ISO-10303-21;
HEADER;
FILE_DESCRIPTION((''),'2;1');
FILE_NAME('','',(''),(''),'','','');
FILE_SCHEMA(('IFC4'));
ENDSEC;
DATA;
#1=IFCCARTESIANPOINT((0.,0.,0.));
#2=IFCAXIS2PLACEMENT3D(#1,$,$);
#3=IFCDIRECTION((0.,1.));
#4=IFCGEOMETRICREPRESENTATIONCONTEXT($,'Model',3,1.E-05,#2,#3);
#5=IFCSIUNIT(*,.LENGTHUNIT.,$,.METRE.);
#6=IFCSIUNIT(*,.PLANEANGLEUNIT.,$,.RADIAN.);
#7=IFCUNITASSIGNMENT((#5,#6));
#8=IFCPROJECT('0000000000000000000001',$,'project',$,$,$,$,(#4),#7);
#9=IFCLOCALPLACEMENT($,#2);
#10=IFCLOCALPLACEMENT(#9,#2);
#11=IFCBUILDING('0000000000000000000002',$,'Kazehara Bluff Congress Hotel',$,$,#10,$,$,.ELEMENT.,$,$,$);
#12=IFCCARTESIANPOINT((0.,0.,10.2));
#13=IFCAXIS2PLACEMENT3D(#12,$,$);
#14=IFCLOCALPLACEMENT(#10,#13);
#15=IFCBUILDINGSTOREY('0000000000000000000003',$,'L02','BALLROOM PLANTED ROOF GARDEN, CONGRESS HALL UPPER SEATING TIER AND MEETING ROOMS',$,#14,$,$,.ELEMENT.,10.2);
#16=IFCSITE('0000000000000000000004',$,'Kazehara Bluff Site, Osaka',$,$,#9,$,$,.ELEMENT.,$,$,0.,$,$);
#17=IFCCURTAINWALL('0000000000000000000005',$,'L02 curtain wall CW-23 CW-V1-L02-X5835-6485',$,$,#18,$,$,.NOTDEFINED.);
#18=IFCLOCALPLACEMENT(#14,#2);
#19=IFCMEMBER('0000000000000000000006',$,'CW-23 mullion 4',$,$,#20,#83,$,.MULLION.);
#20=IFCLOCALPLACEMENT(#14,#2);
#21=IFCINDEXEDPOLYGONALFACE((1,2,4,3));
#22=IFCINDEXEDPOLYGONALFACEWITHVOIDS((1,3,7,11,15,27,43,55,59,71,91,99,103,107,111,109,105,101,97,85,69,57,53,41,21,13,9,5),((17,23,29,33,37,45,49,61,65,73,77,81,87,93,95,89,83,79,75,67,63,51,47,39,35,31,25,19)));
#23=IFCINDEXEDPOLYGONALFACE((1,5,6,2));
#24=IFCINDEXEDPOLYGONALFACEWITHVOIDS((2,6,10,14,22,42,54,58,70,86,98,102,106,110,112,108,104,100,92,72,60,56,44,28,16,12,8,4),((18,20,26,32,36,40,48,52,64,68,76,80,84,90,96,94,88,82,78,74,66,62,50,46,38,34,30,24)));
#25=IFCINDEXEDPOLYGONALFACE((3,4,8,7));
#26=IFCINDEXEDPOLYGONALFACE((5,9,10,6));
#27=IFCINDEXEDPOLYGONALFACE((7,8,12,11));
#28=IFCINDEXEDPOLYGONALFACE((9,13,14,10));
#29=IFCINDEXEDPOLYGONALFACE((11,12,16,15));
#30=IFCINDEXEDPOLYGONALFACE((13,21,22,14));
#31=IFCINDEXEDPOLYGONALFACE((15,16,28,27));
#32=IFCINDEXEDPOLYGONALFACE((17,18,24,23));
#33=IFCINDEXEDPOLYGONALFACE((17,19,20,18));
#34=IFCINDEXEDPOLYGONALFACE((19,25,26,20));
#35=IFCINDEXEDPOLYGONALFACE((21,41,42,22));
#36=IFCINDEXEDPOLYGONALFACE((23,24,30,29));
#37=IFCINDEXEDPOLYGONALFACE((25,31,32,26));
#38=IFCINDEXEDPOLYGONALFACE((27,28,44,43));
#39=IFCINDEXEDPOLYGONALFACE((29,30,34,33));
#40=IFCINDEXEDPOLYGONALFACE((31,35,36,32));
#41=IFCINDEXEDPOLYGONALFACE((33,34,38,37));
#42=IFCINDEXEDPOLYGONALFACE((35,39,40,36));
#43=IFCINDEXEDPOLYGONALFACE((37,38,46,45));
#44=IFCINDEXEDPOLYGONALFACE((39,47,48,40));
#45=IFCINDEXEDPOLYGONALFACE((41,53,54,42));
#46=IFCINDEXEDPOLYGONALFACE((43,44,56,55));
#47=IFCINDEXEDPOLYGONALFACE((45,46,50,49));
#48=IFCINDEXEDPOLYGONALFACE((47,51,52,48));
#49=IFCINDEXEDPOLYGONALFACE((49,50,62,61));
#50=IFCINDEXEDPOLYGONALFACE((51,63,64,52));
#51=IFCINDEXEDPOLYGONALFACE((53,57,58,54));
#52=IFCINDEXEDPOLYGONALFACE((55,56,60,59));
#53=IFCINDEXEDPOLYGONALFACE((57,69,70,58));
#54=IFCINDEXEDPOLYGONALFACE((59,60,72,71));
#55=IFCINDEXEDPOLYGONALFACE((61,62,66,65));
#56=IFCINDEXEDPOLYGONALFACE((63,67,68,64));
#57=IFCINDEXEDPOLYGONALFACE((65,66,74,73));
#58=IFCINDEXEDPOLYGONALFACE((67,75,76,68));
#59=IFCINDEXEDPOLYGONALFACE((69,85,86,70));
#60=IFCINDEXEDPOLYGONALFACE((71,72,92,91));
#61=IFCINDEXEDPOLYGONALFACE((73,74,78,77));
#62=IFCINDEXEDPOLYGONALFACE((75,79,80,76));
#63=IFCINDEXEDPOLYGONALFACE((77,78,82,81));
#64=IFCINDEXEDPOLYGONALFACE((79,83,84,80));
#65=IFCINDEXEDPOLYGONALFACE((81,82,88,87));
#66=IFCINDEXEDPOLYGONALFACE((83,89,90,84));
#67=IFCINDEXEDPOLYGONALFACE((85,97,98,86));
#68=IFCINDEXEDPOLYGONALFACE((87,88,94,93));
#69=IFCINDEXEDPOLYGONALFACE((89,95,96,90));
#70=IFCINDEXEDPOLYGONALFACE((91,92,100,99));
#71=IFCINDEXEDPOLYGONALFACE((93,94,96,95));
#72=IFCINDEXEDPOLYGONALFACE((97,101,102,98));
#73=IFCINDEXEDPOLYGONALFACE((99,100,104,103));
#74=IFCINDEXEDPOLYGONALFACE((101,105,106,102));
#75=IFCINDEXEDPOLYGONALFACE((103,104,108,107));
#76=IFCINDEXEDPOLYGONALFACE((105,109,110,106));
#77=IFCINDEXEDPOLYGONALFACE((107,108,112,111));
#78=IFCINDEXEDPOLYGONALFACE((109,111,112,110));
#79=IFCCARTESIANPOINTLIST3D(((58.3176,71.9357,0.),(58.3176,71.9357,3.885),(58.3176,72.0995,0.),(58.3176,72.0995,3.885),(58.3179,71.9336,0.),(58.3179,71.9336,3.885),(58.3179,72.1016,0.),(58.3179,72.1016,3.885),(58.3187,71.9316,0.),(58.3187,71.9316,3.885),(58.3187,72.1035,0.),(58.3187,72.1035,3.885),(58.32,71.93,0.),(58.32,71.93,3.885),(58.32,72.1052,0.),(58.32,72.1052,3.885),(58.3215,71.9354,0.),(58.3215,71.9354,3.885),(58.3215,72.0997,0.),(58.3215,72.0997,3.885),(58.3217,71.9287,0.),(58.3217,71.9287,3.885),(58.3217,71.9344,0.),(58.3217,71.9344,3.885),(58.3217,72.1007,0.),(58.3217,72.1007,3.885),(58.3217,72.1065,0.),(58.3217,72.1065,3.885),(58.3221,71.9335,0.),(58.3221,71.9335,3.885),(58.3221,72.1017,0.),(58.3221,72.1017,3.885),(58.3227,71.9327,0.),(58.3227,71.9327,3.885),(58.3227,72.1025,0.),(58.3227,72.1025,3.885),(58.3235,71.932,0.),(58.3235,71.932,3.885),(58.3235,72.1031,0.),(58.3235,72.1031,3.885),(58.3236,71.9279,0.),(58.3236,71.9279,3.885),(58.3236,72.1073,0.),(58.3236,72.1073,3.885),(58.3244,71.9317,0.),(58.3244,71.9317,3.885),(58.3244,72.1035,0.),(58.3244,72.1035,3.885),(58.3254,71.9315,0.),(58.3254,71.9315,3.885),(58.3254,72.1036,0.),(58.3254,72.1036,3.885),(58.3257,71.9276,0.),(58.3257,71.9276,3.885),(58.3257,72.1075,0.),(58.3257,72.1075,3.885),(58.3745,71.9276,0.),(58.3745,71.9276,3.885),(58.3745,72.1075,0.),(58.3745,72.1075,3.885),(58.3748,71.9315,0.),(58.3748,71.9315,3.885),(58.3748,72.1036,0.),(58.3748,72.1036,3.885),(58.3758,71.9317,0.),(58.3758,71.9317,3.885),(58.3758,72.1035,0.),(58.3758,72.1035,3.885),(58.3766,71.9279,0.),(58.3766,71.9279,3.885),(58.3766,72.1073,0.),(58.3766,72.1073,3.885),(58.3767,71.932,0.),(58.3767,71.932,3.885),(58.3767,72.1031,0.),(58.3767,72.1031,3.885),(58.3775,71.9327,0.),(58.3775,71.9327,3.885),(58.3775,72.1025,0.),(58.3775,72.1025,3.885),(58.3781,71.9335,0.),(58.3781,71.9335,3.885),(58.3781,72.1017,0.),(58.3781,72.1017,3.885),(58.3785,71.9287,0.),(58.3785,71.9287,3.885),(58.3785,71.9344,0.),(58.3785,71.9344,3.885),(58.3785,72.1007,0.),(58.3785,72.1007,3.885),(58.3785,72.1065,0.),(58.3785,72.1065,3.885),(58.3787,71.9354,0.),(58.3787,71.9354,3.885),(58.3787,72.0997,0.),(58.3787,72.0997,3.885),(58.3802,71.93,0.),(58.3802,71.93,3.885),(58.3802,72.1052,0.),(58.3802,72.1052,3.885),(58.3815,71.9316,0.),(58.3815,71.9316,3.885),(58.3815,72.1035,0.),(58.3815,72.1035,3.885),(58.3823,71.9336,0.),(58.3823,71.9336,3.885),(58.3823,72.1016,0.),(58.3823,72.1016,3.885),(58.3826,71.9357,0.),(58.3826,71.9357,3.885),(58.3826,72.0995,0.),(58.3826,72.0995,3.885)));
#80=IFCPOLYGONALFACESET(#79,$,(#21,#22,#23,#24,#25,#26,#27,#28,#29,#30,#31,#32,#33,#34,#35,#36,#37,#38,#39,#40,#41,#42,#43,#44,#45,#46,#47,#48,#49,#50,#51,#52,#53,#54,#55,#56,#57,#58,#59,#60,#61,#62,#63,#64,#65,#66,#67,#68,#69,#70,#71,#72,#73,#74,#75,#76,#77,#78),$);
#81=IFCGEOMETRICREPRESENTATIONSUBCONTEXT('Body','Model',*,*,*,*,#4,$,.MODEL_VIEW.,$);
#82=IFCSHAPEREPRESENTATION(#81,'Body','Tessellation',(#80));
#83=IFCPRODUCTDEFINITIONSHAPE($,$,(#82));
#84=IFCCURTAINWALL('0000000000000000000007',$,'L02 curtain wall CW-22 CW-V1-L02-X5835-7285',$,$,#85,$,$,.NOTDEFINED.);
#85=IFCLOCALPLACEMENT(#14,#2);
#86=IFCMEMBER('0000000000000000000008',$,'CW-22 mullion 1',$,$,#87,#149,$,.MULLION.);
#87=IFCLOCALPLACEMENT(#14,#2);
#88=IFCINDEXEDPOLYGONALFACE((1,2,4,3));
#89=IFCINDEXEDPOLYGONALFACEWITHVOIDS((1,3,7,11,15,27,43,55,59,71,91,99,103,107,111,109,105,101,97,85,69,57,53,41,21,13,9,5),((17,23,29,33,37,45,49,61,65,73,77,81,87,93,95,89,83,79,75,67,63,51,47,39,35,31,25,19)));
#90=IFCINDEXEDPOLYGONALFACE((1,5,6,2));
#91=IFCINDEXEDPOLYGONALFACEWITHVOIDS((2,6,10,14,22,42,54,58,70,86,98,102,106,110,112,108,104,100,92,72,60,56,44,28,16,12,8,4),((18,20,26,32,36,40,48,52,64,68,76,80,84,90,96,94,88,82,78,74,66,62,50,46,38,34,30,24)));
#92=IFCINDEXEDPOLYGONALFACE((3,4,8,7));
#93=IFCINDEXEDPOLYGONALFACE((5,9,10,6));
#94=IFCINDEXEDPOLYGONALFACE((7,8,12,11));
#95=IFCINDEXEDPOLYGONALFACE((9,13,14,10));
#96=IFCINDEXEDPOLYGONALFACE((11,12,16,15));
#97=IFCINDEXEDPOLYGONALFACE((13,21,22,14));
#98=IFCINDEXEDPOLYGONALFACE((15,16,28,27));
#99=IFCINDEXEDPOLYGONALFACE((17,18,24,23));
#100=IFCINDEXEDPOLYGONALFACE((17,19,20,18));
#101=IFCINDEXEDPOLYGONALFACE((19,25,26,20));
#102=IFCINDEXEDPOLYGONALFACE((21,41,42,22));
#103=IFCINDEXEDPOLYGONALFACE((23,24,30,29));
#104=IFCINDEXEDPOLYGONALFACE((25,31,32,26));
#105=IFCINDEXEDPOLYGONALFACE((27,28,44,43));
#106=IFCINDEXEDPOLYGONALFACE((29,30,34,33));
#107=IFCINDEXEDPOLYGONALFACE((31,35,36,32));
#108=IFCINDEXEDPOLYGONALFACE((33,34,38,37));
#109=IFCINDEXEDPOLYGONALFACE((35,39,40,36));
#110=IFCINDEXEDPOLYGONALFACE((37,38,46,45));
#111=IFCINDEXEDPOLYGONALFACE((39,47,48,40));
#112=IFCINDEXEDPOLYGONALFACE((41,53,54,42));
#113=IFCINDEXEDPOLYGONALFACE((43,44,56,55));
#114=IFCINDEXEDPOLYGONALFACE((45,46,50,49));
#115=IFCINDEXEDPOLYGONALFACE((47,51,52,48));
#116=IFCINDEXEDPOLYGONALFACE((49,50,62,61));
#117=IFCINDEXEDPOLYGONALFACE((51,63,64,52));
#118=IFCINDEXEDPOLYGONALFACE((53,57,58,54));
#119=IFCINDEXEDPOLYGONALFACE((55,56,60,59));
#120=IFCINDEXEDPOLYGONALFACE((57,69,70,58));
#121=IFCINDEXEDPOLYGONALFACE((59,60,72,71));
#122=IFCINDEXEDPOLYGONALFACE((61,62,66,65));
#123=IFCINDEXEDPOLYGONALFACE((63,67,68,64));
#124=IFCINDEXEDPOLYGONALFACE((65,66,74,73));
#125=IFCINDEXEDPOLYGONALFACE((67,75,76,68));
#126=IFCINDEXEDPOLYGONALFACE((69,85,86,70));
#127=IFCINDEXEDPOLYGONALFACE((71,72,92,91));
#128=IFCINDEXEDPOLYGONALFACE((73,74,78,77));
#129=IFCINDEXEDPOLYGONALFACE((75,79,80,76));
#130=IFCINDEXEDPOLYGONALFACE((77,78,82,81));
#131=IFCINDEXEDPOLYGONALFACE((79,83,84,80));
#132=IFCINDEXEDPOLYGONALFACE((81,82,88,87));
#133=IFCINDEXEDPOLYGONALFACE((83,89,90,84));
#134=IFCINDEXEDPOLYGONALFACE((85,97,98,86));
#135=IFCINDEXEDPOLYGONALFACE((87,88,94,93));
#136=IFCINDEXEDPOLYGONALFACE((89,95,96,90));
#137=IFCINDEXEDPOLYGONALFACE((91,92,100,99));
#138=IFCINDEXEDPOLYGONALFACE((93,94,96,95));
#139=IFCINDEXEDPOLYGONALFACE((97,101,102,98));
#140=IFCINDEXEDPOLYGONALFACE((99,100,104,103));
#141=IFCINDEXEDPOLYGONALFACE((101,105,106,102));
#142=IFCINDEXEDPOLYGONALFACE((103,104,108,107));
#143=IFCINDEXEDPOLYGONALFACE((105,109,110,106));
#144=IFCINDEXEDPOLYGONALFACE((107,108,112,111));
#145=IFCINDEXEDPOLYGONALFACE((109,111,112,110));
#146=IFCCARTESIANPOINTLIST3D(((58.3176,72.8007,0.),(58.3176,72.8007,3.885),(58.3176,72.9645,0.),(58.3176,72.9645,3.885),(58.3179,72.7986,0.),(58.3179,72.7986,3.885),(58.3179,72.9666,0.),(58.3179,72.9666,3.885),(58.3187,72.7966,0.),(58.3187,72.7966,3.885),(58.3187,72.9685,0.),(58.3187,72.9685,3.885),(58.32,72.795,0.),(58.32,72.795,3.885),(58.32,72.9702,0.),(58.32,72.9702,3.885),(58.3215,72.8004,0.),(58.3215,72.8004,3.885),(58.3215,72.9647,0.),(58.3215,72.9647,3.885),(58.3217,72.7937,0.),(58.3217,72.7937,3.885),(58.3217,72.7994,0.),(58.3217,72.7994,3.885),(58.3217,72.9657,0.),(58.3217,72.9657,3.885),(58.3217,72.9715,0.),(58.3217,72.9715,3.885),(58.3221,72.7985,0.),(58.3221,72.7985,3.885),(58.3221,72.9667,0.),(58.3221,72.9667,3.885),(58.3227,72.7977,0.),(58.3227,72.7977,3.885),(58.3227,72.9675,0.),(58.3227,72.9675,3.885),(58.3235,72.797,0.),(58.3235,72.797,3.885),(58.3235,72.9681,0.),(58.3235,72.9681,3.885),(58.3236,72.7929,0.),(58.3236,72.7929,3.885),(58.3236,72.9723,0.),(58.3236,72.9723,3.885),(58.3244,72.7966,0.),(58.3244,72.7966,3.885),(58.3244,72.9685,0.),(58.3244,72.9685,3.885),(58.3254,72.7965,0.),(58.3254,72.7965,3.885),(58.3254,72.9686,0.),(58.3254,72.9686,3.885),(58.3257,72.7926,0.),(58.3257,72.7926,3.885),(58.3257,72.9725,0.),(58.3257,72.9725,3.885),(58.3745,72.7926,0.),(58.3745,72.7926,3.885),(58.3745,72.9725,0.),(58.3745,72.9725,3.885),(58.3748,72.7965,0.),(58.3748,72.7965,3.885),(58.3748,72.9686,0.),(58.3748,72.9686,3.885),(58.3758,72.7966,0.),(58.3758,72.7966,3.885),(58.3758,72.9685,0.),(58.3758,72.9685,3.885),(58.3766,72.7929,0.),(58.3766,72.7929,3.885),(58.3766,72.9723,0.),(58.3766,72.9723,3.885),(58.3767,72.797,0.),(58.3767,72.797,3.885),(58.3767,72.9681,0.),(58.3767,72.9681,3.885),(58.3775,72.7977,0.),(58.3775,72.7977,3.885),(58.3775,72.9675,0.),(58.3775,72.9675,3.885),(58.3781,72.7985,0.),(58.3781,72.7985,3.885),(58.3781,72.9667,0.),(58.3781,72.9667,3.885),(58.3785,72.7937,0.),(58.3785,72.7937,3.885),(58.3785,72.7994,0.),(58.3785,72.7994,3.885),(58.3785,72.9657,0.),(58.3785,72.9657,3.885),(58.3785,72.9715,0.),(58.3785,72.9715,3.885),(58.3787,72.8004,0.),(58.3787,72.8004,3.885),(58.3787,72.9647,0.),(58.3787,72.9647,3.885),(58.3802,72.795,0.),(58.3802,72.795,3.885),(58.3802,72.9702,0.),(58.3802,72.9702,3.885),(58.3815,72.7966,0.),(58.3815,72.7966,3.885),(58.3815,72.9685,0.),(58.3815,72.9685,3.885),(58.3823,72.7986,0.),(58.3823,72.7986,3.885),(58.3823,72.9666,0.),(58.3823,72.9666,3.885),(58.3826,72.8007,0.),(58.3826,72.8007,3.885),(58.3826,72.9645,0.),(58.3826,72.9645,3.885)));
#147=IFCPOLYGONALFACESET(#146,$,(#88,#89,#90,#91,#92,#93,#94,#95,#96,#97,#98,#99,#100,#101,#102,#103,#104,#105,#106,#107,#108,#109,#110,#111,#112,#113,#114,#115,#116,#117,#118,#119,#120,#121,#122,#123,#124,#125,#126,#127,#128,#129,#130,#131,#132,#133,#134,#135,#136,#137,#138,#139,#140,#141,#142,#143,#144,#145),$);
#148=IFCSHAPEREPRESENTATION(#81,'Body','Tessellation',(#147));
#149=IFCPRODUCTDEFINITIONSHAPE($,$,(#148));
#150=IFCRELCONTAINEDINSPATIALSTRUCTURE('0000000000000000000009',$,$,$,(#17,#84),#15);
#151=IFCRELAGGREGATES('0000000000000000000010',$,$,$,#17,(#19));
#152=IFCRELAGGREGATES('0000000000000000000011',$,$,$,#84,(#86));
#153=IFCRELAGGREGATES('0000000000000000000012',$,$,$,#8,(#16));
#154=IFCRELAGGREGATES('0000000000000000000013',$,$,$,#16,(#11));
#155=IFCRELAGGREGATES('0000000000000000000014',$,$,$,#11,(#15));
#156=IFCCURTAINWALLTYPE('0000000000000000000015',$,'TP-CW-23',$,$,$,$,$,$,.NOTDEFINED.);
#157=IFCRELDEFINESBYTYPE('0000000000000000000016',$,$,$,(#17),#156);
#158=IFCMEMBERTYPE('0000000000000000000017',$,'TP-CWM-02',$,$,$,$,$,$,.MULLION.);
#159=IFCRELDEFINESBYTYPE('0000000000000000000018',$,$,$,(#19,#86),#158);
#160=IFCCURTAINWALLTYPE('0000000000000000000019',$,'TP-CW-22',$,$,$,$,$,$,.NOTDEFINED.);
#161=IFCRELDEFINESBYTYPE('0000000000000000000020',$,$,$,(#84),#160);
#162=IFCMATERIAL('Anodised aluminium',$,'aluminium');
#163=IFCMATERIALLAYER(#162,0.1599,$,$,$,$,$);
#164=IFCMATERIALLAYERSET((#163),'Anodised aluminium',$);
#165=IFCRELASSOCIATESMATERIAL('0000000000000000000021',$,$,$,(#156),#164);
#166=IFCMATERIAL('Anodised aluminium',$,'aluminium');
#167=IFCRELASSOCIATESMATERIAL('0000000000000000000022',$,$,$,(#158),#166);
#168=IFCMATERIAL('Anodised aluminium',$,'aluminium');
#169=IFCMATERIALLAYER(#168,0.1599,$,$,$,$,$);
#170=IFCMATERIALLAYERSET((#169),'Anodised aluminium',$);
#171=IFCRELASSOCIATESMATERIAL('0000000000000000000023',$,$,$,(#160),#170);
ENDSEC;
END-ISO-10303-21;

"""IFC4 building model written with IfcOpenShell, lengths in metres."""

from ifc_helpers import new_model, si_unit, direction, frame, origin, origin_2d, place, context, subcontext, project, spatial, hollow_rectangle, extrude, material, layer, layer_set, material_profile, profile_set, type_object, element, aggregate, save


model = new_model("IFC4")

# Units and contexts
model_context = context("Model", 3, precision=1e-05, world=origin(), true_north=direction((0.0, 1.0)))
body_context = subcontext(model_context, "Body", "Model", "MODEL_VIEW")
ifc_project = project(units=[si_unit("LENGTHUNIT", "METRE"), si_unit("PLANEANGLEUNIT", "RADIAN")], contexts=[model_context])

# Site, building, storey
site_placement = place(None, origin())
site = spatial("IfcSite", under=ifc_project, at=site_placement, Name="Kazehara Bluff Site, Osaka", CompositionType="ELEMENT", RefElevation=0.0)
building_placement = place(site_placement, origin())
building = spatial("IfcBuilding", under=site, at=building_placement, Name="Kazehara Bluff Congress Hotel", CompositionType="ELEMENT")
storey_placement = place(building_placement, frame((0.0, 0.0, 10.2)))
storey = spatial("IfcBuildingStorey", under=building, at=storey_placement, Name="L02", Description="BALLROOM PLANTED ROOF GARDEN, CONGRESS HALL UPPER SEATING TIER AND MEETING ROOMS", CompositionType="ELEMENT", Elevation=10.2)

# Curtain walls, members
ifc_material_1 = material(Name="Anodised aluminium", Category="aluminium")
ifc_layer_1 = layer(ifc_material_1, 0.1599)
ifc_layer_set_1 = layer_set([ifc_layer_1], Name="Anodised aluminium")
curtain_wall_type_1 = type_object("IfcCurtainWallType", Name="TP-CW-23", PredefinedType="NOTDEFINED", material=ifc_layer_set_1)
curtain_wall_1_placement = place(storey_placement, origin())
curtain_wall_1 = element("IfcCurtainWall", 1, at=curtain_wall_1_placement, inside=storey, type_object=curtain_wall_type_1, Name="L02 curtain wall CW-23 CW-V1-L02-X5835-6485", PredefinedType="NOTDEFINED")
ifc_material_2 = material(Name="Anodised aluminium", Category="aluminium")
ifc_material_profile_1 = material_profile(ifc_material_2, hollow_rectangle(XDim=0.0649, YDim=0.1799, WallThickness=0.0039, InnerFilletRadius=0.0039, OuterFilletRadius=0.0081, at=origin_2d()))
ifc_profile_set_1 = profile_set([ifc_material_profile_1], Name="Anodised aluminium")
member_type_1 = type_object("IfcMemberType", Name="TP-CWM-02", PredefinedType="MULLION", material=ifc_profile_set_1)
member_1_placement = place(storey_placement, frame((58.3501, 72.0176, 0.0), z_axis=(0.0, 0.0, 1.0), x_axis=(-1.0, 0.0, 0.0)))
member_1 = element("IfcMember", 2, at=member_1_placement, type_object=member_type_1, Name="CW-23 mullion 4", PredefinedType="MULLION", context=body_context, shape_type="SweptSolid", body=[
    extrude(hollow_rectangle(XDim=0.0649, YDim=0.1799, WallThickness=0.0039, InnerFilletRadius=0.0039, OuterFilletRadius=0.0081, at=origin_2d()), origin(), (0.0, 0.0, 1.0), 3.885),
])
ifc_material_3 = material(Name="Anodised aluminium", Category="aluminium")
ifc_layer_2 = layer(ifc_material_3, 0.1599)
ifc_layer_set_2 = layer_set([ifc_layer_2], Name="Anodised aluminium")
curtain_wall_type_2 = type_object("IfcCurtainWallType", Name="TP-CW-22", PredefinedType="NOTDEFINED", material=ifc_layer_set_2)
curtain_wall_2_placement = place(storey_placement, origin())
curtain_wall_2 = element("IfcCurtainWall", 3, at=curtain_wall_2_placement, inside=storey, type_object=curtain_wall_type_2, Name="L02 curtain wall CW-22 CW-V1-L02-X5835-7285", PredefinedType="NOTDEFINED")
member_2_placement = place(storey_placement, frame((58.3501, 72.8826, 0.0), z_axis=(0.0, 0.0, 1.0), x_axis=(-1.0, 0.0, 0.0)))
member_2 = element("IfcMember", 4, at=member_2_placement, type_object=member_type_1, Name="CW-22 mullion 1", PredefinedType="MULLION", context=body_context, shape_type="SweptSolid", body=[
    extrude(hollow_rectangle(XDim=0.0649, YDim=0.1799, WallThickness=0.0039, InnerFilletRadius=0.0039, OuterFilletRadius=0.0081, at=origin_2d()), origin(), (0.0, 0.0, 1.0), 3.885),
])

aggregate(curtain_wall_1, [member_1])
aggregate(curtain_wall_2, [member_2])

save(model, "model.ifc")
